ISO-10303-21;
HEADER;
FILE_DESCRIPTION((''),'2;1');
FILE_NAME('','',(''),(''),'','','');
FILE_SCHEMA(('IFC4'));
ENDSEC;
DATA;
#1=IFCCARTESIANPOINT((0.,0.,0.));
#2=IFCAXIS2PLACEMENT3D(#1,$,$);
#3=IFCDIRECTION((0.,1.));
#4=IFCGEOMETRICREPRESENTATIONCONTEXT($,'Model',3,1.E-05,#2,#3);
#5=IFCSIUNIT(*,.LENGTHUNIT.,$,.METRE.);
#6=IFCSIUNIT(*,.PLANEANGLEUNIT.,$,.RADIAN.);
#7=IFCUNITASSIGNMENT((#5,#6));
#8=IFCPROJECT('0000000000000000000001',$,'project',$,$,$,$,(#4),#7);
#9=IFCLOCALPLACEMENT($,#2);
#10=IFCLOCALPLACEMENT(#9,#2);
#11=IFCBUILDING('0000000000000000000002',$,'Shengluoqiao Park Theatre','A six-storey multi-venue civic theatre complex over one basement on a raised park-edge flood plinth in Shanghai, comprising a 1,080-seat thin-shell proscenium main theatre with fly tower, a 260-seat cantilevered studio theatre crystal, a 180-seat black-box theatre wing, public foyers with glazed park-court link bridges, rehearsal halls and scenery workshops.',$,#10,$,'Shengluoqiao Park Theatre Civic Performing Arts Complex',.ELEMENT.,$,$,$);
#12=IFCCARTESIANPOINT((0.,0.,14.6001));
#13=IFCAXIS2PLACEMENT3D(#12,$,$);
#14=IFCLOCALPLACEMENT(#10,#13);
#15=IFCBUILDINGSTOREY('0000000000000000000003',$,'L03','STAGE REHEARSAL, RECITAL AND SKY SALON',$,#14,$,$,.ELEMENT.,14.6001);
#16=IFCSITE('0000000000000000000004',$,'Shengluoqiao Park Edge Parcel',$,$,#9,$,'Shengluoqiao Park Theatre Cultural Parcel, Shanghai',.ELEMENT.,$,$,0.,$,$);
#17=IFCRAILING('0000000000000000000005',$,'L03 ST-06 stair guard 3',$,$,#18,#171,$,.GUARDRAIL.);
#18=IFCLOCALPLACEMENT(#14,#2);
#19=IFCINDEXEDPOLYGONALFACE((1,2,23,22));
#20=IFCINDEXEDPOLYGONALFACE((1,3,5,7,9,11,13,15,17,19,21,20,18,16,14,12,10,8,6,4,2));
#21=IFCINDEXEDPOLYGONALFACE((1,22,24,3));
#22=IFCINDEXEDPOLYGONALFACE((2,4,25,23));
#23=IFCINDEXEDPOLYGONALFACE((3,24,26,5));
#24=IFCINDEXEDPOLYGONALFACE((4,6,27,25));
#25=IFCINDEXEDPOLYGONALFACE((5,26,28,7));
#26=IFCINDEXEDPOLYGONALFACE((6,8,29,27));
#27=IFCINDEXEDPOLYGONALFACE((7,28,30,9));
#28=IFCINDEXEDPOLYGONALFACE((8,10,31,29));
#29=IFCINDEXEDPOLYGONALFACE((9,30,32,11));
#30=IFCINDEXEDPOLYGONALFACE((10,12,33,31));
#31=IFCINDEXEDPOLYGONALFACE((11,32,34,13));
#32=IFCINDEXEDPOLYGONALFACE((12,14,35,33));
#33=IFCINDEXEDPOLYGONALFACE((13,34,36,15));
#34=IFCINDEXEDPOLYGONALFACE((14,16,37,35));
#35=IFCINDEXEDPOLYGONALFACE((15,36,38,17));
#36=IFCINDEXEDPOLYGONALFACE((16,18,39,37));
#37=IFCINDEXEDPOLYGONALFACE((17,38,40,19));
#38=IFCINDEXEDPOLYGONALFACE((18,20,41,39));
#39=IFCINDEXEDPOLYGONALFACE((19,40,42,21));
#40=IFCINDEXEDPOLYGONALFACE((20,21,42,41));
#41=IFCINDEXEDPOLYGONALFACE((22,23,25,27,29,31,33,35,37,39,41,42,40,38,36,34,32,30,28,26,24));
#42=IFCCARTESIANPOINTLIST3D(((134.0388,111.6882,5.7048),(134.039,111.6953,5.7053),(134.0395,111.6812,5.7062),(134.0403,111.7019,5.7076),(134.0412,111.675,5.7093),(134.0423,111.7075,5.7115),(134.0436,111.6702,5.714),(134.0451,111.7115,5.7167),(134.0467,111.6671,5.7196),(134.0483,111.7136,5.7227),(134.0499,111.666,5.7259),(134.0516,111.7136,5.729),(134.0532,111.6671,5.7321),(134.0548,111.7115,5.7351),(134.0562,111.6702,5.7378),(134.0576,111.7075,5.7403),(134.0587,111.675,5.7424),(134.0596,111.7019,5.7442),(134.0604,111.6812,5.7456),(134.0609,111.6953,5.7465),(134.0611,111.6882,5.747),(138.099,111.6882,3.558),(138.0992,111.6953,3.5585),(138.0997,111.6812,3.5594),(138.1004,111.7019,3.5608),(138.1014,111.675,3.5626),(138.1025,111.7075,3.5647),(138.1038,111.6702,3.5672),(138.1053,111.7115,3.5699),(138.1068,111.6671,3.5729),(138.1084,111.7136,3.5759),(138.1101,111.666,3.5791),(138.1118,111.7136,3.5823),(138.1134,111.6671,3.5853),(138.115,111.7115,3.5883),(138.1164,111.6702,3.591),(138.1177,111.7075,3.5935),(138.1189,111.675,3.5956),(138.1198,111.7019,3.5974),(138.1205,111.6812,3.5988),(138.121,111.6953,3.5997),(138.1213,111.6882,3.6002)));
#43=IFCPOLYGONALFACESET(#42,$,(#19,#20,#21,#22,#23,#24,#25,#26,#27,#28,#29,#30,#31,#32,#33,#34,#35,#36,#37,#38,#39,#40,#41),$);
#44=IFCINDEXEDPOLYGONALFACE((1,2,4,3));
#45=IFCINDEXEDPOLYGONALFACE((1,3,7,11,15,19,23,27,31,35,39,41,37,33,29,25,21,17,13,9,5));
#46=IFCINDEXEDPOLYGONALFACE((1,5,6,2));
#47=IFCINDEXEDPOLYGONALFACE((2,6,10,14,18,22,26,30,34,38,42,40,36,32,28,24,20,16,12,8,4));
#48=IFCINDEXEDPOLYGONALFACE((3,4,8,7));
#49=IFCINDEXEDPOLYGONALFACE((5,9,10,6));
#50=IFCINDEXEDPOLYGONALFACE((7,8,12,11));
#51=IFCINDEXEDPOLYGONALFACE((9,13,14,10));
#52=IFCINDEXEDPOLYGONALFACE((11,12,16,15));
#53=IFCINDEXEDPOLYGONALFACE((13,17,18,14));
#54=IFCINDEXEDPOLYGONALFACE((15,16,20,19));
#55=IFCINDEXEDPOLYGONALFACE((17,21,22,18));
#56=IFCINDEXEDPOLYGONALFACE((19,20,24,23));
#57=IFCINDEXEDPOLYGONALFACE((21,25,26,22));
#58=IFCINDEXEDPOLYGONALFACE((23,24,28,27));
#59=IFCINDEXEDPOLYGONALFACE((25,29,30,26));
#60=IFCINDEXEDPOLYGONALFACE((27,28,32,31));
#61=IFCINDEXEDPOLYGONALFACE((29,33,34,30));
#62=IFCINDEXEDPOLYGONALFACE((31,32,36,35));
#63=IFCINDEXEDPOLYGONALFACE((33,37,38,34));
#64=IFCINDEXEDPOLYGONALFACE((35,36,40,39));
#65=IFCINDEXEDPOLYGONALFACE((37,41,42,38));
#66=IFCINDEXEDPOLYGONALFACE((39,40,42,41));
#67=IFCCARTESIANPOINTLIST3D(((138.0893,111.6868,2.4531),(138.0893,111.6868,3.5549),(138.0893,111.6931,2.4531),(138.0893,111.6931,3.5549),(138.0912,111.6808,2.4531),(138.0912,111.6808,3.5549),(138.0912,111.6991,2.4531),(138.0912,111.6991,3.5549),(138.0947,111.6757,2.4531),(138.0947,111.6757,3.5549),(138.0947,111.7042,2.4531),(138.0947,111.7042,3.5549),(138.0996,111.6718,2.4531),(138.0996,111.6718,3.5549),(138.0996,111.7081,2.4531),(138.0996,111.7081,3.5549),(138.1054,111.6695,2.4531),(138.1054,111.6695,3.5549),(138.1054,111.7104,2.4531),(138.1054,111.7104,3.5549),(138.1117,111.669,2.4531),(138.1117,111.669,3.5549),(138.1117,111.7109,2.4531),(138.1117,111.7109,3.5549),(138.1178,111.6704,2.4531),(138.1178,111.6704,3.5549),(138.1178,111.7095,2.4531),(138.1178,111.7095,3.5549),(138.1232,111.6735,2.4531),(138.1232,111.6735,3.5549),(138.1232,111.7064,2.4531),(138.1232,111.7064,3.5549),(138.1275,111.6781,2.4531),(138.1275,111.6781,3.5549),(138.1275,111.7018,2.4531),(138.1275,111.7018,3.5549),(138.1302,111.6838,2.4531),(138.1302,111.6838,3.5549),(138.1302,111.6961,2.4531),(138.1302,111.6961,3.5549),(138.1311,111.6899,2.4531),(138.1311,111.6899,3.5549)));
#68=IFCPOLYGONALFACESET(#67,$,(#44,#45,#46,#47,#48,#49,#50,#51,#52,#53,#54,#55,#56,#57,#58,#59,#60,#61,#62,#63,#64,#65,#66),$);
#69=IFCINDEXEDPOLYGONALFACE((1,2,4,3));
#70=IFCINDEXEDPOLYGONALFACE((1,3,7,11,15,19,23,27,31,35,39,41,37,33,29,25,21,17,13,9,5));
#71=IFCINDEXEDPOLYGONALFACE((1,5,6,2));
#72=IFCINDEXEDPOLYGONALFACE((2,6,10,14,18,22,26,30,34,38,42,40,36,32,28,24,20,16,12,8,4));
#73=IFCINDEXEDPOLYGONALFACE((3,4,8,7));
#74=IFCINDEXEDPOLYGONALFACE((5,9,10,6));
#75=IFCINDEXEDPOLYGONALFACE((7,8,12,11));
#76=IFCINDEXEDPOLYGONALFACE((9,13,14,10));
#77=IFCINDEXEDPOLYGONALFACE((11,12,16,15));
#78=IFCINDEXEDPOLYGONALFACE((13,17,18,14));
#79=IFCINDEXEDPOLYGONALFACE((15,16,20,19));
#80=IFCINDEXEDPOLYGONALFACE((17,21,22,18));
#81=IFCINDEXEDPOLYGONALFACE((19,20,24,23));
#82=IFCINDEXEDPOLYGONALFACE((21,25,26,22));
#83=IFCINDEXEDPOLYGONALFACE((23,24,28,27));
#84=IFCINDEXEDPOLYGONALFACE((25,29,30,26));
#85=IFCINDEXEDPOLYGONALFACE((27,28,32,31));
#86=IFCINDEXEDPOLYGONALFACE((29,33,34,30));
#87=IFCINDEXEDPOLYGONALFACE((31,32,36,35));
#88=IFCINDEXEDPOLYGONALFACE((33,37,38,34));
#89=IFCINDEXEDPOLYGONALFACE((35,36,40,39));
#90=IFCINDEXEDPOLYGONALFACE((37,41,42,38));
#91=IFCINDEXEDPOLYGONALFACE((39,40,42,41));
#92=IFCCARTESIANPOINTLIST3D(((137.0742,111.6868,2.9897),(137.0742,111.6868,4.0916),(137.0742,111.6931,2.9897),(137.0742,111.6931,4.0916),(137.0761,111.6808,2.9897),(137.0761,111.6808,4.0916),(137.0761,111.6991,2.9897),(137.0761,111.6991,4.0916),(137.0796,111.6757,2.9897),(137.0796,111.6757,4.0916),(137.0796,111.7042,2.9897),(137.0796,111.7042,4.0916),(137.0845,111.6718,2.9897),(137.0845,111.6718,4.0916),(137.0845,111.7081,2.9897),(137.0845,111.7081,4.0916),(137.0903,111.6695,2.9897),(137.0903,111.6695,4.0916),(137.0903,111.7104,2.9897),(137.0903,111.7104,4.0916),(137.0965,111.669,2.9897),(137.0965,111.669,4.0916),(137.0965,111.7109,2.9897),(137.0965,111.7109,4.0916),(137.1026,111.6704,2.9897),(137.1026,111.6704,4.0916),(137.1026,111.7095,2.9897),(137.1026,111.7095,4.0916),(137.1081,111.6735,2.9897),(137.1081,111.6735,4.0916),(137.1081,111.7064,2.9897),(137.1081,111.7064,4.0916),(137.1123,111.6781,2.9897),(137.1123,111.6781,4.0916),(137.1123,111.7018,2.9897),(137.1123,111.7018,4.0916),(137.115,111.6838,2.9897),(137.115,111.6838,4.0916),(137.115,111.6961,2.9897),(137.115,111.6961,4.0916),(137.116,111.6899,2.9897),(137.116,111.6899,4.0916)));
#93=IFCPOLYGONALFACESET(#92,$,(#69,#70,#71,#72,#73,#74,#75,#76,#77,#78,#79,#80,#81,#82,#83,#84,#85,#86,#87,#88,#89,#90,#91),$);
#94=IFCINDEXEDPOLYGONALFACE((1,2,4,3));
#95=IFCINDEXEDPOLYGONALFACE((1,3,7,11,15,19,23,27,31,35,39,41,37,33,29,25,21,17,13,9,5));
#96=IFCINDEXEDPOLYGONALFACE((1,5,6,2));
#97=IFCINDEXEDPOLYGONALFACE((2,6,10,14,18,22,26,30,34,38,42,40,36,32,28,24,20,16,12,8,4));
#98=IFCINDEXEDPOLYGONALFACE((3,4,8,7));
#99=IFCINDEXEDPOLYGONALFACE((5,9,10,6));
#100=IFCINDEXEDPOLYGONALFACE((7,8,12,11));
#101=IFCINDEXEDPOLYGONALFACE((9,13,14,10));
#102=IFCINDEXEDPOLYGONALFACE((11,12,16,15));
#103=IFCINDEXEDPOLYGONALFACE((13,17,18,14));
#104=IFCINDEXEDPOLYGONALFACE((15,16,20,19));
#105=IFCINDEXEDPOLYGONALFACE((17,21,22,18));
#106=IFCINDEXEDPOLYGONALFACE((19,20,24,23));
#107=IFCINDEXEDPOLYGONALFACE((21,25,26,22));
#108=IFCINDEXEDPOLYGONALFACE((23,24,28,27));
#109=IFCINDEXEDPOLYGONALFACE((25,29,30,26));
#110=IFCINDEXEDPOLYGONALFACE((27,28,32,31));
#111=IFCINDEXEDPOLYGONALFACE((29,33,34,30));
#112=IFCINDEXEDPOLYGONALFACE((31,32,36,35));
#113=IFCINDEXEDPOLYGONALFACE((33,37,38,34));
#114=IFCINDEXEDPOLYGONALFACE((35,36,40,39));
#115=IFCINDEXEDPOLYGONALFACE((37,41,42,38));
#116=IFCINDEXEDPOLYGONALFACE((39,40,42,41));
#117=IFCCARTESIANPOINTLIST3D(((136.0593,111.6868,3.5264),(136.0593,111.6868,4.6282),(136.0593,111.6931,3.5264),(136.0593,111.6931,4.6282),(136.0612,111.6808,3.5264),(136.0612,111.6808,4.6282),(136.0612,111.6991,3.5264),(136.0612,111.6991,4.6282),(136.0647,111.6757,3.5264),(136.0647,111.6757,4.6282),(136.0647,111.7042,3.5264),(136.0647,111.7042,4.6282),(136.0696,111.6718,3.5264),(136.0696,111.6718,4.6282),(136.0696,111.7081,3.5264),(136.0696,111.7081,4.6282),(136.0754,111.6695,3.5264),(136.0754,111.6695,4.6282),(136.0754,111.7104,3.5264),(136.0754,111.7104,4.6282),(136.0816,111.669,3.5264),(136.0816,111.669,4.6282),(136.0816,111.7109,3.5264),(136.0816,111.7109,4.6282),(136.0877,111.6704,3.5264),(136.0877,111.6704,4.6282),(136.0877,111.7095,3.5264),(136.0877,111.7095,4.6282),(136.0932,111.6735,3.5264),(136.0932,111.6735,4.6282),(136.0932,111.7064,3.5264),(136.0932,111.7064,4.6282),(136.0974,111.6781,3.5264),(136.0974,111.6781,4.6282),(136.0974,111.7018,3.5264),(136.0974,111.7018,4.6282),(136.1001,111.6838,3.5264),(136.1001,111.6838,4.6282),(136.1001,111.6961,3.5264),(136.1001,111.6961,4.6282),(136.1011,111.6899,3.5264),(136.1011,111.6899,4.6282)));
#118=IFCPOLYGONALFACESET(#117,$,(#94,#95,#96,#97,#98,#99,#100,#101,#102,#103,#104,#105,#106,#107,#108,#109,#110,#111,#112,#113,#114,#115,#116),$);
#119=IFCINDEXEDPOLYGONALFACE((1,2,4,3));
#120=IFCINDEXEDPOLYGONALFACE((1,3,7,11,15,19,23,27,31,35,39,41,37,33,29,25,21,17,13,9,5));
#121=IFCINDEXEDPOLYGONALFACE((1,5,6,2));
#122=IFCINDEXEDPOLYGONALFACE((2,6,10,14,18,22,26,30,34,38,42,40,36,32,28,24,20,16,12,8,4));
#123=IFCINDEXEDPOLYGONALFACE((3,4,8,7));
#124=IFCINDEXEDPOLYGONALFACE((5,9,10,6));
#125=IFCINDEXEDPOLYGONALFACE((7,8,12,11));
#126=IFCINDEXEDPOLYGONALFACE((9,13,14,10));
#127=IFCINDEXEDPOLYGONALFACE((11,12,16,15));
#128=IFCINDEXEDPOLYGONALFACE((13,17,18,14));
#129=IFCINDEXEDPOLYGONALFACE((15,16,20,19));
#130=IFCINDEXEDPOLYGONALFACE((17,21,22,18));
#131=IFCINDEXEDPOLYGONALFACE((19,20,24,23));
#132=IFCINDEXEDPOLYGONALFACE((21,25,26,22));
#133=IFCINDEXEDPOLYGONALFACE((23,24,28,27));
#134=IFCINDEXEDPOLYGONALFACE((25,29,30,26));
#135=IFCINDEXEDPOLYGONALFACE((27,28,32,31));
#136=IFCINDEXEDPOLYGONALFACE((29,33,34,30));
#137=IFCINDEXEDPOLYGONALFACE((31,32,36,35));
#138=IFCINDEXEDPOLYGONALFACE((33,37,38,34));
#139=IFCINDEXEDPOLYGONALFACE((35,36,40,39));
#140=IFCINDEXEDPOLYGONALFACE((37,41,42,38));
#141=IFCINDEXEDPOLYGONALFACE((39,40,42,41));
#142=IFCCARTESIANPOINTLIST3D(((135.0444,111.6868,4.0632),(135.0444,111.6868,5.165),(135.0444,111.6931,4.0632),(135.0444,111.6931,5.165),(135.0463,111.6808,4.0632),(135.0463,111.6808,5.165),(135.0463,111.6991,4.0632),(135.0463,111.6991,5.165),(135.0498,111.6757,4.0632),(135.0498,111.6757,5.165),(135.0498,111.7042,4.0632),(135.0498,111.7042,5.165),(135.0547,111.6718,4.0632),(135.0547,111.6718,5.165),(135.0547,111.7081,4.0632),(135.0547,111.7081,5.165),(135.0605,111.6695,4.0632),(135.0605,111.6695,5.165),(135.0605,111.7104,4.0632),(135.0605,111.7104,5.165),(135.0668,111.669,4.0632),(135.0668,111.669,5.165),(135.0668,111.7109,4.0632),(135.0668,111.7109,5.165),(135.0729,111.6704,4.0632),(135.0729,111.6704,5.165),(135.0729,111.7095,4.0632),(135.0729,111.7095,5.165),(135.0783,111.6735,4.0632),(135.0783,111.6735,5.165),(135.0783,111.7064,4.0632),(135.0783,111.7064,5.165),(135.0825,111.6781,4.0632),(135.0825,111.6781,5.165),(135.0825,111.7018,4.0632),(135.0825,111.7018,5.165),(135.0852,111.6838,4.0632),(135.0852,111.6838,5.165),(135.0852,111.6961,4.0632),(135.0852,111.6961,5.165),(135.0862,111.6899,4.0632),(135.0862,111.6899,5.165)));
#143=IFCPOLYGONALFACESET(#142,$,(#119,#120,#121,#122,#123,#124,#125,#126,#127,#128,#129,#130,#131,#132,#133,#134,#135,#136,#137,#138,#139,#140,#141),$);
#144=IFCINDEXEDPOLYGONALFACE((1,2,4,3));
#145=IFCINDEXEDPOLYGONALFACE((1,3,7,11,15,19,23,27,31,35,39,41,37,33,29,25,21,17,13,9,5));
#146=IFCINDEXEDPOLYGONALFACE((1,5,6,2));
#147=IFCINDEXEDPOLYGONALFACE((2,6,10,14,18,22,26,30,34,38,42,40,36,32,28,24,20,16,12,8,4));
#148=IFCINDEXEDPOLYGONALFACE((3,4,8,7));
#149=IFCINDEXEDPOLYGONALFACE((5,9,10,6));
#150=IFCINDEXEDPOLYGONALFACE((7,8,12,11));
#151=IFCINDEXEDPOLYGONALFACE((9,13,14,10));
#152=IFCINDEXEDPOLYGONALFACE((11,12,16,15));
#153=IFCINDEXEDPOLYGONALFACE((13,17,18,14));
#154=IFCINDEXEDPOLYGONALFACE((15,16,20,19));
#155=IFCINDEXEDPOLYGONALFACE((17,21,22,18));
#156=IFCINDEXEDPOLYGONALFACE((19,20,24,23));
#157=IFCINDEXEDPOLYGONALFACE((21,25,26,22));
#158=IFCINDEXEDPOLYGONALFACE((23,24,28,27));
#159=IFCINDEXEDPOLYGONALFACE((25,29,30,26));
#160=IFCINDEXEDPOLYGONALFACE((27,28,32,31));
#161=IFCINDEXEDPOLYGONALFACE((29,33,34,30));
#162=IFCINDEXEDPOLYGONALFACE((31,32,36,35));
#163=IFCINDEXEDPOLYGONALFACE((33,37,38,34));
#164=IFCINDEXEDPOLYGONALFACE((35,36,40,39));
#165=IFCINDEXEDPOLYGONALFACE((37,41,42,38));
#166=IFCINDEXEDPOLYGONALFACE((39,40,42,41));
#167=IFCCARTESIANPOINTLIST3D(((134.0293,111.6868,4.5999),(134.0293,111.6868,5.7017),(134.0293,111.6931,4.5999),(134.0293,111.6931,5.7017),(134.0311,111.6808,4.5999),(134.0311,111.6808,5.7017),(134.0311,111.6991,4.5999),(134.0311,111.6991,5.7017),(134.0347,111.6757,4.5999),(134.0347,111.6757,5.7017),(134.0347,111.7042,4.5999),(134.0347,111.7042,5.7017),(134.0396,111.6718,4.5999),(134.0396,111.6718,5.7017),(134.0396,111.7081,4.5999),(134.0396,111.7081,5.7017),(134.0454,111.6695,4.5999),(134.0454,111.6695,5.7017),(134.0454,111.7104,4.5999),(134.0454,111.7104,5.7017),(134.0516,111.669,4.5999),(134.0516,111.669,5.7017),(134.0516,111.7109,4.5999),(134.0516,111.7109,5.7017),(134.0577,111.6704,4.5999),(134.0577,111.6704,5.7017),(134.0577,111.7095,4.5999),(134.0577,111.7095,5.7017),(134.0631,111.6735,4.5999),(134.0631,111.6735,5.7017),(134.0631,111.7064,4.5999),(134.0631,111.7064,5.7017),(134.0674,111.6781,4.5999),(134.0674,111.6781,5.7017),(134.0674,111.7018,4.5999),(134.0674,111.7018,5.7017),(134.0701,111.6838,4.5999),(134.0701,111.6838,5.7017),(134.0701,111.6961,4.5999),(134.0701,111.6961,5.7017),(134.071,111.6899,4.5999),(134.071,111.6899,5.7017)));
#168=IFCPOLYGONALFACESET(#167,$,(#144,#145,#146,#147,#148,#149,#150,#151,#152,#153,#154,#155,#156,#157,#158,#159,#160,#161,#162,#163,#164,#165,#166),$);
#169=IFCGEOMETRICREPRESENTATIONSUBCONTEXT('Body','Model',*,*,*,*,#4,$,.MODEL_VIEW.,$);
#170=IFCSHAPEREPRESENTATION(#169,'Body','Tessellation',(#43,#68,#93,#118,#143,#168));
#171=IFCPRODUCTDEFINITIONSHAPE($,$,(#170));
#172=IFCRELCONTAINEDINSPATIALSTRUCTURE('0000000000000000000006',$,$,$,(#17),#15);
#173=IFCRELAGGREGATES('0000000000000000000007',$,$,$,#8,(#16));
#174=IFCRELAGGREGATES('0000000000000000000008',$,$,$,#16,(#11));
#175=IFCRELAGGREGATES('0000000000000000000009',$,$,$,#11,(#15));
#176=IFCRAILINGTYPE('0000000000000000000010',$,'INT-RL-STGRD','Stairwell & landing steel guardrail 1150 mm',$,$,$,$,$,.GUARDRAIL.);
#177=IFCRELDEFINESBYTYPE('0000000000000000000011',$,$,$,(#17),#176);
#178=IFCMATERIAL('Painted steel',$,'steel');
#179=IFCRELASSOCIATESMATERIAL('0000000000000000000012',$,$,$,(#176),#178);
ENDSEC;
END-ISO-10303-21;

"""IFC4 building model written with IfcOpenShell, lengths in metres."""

from ifc_helpers import new_model, si_unit, direction, frame, origin, origin_2d, place, context, subcontext, project, spatial, circle, extrude, material, type_object, element, save


model = new_model("IFC4")

# Units and contexts
model_context = context("Model", 3, precision=1e-05, world=origin(), true_north=direction((0.0, 1.0)))
body_context = subcontext(model_context, "Body", "Model", "MODEL_VIEW")
ifc_project = project(units=[si_unit("LENGTHUNIT", "METRE"), si_unit("PLANEANGLEUNIT", "RADIAN")], contexts=[model_context])

# Site, building, storey
site_placement = place(None, origin())
site = spatial("IfcSite", under=ifc_project, at=site_placement, Name="Shengluoqiao Park Edge Parcel", LongName="Shengluoqiao Park Theatre Cultural Parcel, Shanghai", CompositionType="ELEMENT", RefElevation=0.0)
building_placement = place(site_placement, origin())
building = spatial("IfcBuilding", under=site, at=building_placement, Name="Shengluoqiao Park Theatre", Description="A six-storey multi-venue civic theatre complex over one basement on a raised park-edge flood plinth in Shanghai, comprising a 1,080-seat thin-shell proscenium main theatre with fly tower, a 260-seat cantilevered studio theatre crystal, a 180-seat black-box theatre wing, public foyers with glazed park-court link bridges, rehearsal halls and scenery workshops.", LongName="Shengluoqiao Park Theatre Civic Performing Arts Complex", CompositionType="ELEMENT")
storey_placement = place(building_placement, frame((0.0, 0.0, 14.6001)))
storey = spatial("IfcBuildingStorey", under=building, at=storey_placement, Name="L03", Description="STAGE REHEARSAL, RECITAL AND SKY SALON", CompositionType="ELEMENT", Elevation=14.6001)

# Railing
ifc_material_1 = material(Name="Painted steel", Category="steel")
railing_type_1 = type_object("IfcRailingType", Name="INT-RL-STGRD", Description="Stairwell & landing steel guardrail 1150 mm", PredefinedType="GUARDRAIL", material=ifc_material_1)
railing_1_placement = place(storey_placement, frame((138.1101, 111.6899, 2.4531)))
element("IfcRailing", 1, at=railing_1_placement, inside=storey, type_object=railing_type_1, Name="L03 ST-06 stair guard 3", PredefinedType="GUARDRAIL", context=body_context, shape_type="SweptSolid", body=[
    extrude(circle(Radius=0.0239, at=origin_2d()), frame((0.0, 0.0, 1.126), z_axis=(-0.884032, 0.0, 0.467426), x_axis=(0.0, -1.0, 0.0)), (0.0, 0.0, 1.0), 4.5928),
    extrude(circle(Radius=0.021, at=origin_2d()), origin(), (0.0, 0.0, 1.0), 1.1018),
    extrude(circle(Radius=0.021, at=origin_2d()), frame((-1.0151, 0.0, 0.5366)), (0.0, 0.0, 1.0), 1.1018),
    extrude(circle(Radius=0.021, at=origin_2d()), frame((-2.03, 0.0, 1.0732)), (0.0, 0.0, 1.0), 1.1018),
    extrude(circle(Radius=0.021, at=origin_2d()), frame((-3.0449, 0.0, 1.6101)), (0.0, 0.0, 1.0), 1.1018),
    extrude(circle(Radius=0.021, at=origin_2d()), frame((-4.0601, 0.0, 2.1467)), (0.0, 0.0, 1.0), 1.1018),
])

save(model, "model.ifc")
